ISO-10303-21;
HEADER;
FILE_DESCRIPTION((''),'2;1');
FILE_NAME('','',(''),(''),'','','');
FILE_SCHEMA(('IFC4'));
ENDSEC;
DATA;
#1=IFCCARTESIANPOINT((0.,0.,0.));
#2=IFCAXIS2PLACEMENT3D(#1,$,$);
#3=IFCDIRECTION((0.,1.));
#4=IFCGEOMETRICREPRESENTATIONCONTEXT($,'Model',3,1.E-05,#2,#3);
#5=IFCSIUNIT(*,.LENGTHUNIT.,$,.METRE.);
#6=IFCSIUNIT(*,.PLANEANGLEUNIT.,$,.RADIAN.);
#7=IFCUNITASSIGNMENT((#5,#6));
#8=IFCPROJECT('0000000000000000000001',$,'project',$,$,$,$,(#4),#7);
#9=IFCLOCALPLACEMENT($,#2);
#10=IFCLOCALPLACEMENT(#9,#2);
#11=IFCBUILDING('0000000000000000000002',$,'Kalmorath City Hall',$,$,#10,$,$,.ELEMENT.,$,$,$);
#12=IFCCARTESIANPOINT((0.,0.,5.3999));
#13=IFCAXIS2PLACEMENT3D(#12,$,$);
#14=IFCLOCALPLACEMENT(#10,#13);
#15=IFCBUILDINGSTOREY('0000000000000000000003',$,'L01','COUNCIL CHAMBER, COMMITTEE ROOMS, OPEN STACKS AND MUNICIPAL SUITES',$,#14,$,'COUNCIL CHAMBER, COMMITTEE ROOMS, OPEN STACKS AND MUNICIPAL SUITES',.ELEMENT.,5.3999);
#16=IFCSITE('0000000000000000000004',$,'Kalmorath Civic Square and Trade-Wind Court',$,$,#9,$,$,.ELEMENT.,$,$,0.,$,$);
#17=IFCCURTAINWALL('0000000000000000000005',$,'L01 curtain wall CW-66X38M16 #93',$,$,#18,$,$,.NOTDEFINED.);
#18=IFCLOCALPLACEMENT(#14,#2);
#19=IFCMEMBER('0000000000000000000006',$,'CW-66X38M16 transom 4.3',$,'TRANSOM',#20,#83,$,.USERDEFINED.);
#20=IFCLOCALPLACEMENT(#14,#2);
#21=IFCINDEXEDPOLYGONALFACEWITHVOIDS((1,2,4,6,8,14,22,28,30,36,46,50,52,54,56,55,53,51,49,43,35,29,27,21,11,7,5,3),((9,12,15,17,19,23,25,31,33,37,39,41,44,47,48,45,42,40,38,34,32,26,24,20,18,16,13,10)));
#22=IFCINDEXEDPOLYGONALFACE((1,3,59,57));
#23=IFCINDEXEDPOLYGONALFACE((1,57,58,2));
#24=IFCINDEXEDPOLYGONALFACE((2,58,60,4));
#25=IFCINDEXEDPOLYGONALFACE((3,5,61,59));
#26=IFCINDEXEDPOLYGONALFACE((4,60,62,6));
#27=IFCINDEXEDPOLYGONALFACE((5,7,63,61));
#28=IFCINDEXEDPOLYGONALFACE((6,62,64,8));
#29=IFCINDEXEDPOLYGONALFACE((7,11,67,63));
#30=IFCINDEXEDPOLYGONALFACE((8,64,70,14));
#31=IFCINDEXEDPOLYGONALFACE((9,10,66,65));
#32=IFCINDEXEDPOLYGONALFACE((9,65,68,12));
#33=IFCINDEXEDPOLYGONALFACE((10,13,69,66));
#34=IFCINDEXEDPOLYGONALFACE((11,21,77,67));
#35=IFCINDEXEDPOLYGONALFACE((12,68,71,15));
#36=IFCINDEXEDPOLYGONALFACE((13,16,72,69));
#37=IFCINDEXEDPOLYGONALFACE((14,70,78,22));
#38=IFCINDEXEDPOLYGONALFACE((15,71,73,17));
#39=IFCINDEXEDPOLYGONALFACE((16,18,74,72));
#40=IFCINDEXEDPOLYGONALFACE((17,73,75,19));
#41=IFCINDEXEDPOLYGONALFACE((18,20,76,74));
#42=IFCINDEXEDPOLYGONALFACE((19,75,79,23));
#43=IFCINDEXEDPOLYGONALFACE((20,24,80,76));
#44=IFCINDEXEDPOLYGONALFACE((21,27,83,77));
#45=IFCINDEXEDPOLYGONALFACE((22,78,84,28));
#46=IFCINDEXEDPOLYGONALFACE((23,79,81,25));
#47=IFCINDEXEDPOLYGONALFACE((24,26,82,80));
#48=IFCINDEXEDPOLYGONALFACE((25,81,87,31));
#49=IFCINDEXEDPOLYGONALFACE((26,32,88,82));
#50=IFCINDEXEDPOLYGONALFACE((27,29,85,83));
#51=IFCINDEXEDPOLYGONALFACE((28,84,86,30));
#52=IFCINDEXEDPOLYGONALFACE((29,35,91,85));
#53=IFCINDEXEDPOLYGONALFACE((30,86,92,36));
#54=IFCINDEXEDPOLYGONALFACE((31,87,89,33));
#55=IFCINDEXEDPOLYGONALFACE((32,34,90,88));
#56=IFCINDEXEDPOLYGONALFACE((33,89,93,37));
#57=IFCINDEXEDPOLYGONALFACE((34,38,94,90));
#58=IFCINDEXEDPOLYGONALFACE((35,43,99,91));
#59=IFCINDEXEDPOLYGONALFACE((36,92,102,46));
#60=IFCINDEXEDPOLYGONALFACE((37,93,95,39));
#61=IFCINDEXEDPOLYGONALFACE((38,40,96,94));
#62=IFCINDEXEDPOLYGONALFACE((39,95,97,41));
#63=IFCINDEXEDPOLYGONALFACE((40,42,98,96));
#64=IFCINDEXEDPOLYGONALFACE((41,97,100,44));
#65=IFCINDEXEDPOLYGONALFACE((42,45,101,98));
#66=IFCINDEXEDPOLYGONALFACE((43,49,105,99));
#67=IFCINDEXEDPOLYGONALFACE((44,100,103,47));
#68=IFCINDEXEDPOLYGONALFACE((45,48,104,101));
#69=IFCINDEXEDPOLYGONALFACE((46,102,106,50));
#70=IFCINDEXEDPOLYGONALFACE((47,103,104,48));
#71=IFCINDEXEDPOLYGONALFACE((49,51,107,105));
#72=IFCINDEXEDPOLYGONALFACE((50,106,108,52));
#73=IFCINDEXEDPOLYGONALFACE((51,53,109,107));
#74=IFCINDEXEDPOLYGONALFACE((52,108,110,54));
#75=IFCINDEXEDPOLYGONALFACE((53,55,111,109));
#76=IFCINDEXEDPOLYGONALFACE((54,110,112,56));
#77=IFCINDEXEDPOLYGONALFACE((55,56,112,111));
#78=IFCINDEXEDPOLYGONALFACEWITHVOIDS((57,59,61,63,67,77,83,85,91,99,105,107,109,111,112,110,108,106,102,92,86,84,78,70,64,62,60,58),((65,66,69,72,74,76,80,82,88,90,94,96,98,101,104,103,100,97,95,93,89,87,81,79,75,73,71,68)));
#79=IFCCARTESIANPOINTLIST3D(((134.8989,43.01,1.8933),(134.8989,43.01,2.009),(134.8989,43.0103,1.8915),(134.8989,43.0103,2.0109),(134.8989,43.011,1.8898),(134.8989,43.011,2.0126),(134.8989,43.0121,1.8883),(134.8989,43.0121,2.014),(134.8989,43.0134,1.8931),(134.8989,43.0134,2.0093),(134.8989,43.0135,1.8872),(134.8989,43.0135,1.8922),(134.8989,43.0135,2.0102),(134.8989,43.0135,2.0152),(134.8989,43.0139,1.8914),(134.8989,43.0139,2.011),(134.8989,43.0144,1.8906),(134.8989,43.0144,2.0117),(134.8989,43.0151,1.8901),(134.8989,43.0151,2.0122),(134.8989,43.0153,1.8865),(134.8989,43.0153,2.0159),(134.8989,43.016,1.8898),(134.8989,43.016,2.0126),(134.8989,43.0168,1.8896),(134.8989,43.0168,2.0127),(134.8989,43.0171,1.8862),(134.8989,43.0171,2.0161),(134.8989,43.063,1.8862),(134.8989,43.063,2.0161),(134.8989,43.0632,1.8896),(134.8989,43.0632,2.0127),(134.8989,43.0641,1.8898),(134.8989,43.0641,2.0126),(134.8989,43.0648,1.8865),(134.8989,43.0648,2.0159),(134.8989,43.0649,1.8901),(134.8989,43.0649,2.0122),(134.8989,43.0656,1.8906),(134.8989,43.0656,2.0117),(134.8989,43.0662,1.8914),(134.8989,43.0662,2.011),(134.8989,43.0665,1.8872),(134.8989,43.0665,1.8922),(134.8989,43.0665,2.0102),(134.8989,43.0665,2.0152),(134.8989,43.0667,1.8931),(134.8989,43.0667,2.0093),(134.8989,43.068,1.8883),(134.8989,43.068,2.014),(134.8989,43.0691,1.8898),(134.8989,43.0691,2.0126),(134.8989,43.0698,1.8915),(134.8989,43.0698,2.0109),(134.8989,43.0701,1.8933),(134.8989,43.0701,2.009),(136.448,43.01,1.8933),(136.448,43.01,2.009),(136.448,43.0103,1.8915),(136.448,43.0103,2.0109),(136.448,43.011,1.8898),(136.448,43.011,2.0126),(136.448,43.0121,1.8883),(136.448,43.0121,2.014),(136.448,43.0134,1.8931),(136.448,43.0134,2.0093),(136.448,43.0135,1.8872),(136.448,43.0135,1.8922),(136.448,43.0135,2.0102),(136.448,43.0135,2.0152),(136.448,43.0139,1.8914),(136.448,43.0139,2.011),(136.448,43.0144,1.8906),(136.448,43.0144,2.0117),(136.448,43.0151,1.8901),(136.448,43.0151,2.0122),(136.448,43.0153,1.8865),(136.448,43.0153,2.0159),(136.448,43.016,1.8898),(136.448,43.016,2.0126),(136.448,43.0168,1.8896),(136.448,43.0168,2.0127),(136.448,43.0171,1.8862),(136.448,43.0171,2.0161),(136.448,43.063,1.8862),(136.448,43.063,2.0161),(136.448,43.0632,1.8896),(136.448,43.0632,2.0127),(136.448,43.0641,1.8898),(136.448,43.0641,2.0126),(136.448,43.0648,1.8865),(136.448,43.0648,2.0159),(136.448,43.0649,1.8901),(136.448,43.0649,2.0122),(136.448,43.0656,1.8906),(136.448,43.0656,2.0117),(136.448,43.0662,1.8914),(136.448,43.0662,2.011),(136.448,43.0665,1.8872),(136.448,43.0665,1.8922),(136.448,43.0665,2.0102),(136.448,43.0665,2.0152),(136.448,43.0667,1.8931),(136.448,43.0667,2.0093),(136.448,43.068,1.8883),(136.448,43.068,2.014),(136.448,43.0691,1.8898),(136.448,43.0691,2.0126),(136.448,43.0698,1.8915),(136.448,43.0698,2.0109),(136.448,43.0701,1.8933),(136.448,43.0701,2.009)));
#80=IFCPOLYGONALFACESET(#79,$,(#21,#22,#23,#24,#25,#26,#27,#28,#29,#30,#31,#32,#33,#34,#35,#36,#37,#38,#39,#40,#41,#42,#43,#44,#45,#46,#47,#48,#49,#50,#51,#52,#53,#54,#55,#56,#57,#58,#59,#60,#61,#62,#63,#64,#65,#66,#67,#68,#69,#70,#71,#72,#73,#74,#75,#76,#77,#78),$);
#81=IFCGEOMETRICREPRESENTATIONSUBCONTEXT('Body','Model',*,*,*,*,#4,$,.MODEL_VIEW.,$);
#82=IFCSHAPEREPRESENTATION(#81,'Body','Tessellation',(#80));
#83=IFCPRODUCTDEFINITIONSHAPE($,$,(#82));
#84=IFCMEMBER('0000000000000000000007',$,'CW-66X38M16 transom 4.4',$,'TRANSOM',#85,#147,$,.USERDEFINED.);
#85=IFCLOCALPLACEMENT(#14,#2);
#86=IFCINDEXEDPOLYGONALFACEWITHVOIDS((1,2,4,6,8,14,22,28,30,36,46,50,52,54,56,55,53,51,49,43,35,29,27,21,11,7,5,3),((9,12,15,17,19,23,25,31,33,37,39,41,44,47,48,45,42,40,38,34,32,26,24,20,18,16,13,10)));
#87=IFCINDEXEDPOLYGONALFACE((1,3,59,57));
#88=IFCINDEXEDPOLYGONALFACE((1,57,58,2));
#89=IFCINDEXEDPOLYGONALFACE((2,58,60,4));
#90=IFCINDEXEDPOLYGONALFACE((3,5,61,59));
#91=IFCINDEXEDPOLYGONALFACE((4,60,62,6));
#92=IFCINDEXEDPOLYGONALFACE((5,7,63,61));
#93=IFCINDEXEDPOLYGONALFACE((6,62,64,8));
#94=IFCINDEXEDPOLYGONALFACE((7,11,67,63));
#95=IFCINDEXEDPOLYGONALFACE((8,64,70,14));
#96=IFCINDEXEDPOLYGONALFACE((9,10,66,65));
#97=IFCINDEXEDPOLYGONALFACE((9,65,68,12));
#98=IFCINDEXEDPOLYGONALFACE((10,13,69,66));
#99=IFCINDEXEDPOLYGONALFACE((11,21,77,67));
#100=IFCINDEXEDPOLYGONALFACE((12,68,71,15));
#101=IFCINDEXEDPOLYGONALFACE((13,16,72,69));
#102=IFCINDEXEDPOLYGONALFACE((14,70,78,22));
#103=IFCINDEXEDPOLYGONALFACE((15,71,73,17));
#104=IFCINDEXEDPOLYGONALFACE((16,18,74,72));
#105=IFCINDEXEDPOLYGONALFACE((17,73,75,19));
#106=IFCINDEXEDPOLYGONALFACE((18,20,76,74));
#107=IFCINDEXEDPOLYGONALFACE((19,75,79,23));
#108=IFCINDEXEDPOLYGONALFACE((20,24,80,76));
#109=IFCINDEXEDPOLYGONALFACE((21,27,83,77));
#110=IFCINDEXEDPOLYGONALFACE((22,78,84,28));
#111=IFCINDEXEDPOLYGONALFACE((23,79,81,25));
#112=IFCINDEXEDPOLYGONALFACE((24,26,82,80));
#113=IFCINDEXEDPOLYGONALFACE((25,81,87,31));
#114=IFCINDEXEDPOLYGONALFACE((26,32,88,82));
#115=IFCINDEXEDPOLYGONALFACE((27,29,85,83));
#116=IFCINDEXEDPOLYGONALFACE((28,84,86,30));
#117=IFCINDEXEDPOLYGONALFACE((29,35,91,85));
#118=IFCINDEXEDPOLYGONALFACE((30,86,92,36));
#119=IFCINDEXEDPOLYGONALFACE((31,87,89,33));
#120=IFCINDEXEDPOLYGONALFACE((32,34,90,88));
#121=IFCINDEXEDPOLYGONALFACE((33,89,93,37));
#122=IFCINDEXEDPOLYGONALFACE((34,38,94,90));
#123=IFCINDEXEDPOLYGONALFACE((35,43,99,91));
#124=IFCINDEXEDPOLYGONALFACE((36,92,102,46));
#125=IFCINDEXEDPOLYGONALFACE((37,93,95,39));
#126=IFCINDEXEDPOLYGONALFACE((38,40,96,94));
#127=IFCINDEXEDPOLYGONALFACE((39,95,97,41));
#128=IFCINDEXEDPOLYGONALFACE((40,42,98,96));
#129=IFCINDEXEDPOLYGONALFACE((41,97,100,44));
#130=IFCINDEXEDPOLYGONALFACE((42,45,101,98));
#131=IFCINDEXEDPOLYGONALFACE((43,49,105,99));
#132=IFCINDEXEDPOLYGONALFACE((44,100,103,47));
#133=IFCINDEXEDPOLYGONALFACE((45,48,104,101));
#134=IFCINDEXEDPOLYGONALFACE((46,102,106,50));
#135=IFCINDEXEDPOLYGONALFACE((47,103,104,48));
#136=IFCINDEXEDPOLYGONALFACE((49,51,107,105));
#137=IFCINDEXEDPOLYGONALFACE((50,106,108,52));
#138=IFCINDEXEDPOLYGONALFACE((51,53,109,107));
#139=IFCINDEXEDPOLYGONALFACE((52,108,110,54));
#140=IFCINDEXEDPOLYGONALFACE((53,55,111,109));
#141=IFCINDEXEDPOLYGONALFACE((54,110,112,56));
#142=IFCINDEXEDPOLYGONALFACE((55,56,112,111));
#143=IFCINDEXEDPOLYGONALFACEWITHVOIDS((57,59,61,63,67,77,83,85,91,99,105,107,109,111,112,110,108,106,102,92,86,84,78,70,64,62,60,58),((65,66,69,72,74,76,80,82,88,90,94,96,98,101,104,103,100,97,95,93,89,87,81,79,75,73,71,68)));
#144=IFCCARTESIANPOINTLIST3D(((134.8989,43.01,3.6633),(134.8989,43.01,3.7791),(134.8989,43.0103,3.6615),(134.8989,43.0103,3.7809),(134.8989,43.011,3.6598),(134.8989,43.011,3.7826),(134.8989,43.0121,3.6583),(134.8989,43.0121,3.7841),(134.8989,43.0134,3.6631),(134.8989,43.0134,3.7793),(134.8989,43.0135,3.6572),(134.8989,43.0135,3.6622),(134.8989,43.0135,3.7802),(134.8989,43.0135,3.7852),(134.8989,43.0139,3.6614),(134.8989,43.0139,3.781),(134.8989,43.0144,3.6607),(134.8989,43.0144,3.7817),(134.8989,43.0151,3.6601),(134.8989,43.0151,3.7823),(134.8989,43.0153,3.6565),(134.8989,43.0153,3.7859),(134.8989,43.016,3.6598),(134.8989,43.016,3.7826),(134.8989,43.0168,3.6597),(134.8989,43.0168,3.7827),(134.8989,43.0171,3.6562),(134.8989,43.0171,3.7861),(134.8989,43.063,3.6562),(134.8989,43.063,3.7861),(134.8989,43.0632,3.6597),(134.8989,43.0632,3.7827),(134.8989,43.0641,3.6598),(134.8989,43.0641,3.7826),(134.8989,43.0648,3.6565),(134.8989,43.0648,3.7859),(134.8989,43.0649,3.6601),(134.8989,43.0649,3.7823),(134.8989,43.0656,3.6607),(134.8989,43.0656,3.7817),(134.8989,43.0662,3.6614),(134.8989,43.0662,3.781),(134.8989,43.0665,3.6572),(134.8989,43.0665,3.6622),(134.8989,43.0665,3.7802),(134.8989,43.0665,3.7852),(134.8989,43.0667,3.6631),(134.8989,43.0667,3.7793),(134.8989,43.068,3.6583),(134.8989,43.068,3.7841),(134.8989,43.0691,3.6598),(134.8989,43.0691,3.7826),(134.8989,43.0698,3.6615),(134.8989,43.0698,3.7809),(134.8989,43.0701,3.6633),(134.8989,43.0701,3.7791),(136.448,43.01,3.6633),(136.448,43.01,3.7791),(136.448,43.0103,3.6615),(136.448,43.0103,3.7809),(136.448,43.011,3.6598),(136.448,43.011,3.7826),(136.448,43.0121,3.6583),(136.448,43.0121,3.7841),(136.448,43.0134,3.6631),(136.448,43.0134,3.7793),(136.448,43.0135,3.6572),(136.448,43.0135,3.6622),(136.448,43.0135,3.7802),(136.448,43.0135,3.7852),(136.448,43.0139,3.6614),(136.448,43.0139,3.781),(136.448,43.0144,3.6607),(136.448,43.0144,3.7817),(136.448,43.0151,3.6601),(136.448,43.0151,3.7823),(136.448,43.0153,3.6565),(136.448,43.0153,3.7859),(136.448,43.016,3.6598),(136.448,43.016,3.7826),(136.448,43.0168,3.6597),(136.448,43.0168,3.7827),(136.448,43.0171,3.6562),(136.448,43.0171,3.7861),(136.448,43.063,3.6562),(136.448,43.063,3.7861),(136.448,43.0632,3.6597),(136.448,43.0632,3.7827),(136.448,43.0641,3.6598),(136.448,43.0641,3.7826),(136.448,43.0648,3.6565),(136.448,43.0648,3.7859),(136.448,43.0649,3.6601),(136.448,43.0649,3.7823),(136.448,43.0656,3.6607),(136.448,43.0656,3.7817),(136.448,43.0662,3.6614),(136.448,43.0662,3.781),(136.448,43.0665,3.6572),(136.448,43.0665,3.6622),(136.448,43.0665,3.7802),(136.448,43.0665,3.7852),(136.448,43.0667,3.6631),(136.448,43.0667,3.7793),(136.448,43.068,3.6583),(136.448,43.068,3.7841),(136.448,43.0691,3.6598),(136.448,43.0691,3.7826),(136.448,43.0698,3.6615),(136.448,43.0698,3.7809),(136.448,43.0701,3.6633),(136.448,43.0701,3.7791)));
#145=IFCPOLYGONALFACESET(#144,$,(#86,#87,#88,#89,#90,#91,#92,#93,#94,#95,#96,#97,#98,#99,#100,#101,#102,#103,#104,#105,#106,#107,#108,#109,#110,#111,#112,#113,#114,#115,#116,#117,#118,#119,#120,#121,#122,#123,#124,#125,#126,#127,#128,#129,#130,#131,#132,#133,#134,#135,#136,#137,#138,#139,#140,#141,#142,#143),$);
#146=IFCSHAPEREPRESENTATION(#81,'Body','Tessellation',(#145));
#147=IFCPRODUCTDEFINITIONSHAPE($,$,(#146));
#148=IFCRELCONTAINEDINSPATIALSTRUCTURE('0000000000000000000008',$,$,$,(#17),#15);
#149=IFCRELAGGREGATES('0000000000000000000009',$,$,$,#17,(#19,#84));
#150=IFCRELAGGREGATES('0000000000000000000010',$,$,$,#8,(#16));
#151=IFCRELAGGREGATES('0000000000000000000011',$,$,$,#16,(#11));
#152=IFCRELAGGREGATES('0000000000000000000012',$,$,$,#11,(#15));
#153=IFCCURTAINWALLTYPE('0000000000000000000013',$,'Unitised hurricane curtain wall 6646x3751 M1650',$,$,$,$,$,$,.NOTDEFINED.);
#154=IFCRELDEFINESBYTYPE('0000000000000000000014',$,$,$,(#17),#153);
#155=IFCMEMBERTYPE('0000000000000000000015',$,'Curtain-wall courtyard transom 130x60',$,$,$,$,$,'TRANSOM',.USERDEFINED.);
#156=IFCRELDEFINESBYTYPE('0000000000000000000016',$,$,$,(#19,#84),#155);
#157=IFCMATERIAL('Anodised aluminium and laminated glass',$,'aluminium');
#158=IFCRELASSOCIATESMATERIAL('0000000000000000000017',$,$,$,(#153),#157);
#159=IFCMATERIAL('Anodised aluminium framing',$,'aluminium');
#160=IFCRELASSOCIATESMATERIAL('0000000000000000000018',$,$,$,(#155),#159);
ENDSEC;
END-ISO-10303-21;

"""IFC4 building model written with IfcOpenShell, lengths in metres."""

from ifc_helpers import new_model, si_unit, direction, frame, origin, origin_2d, place, context, subcontext, project, spatial, hollow_rectangle, extrude, material, material_profile, profile_set, type_object, element, aggregate, save


model = new_model("IFC4")

# Units and contexts
model_context = context("Model", 3, precision=1e-05, world=origin(), true_north=direction((0.0, 1.0)))
body_context = subcontext(model_context, "Body", "Model", "MODEL_VIEW")
ifc_project = project(units=[si_unit("LENGTHUNIT", "METRE"), si_unit("PLANEANGLEUNIT", "RADIAN")], contexts=[model_context])

# Site, building, storey
site_placement = place(None, origin())
site = spatial("IfcSite", under=ifc_project, at=site_placement, Name="Kalmorath Civic Square and Trade-Wind Court", CompositionType="ELEMENT", RefElevation=0.0)
building_placement = place(site_placement, origin())
building = spatial("IfcBuilding", under=site, at=building_placement, Name="Kalmorath City Hall", CompositionType="ELEMENT")
storey_placement = place(building_placement, frame((0.0, 0.0, 5.3999)))
storey = spatial("IfcBuildingStorey", under=building, at=storey_placement, Name="L01", Description="COUNCIL CHAMBER, COMMITTEE ROOMS, OPEN STACKS AND MUNICIPAL SUITES", LongName="COUNCIL CHAMBER, COMMITTEE ROOMS, OPEN STACKS AND MUNICIPAL SUITES", CompositionType="ELEMENT", Elevation=5.3999)

# Curtain wall, members
ifc_material_1 = material(Name="Anodised aluminium and laminated glass", Category="aluminium")
curtain_wall_type_1 = type_object("IfcCurtainWallType", Name="Unitised hurricane curtain wall 6646x3751 M1650", PredefinedType="NOTDEFINED", material=ifc_material_1)
curtain_wall_1_placement = place(storey_placement, origin())
curtain_wall_1 = element("IfcCurtainWall", 1, at=curtain_wall_1_placement, inside=storey, type_object=curtain_wall_type_1, Name="L01 curtain wall CW-66X38M16 #93", PredefinedType="NOTDEFINED")
ifc_material_2 = material(Name="Anodised aluminium framing", Category="aluminium")
ifc_material_profile_1 = material_profile(ifc_material_2, hollow_rectangle(XDim=0.0601, YDim=0.1299, WallThickness=0.0034, InnerFilletRadius=0.0034, OuterFilletRadius=0.0071, at=origin_2d()), Name="ALU-TRN-130X60X3.5")
ifc_profile_set_1 = profile_set([ifc_material_profile_1], Name="Anodised aluminium framing")
member_type_1 = type_object("IfcMemberType", Name="Curtain-wall courtyard transom 130x60", ElementType="TRANSOM", PredefinedType="USERDEFINED", material=ifc_profile_set_1)
member_1_placement = place(storey_placement, frame((134.8989, 43.04, 1.9512), z_axis=(1.0, 0.0, 0.0), x_axis=(0.0, 1.0, 0.0)))
member_1 = element("IfcMember", 2, at=member_1_placement, type_object=member_type_1, Name="CW-66X38M16 transom 4.3", ObjectType="TRANSOM", PredefinedType="USERDEFINED", context=body_context, shape_type="SweptSolid", body=[
    extrude(hollow_rectangle(XDim=0.0601, YDim=0.1299, WallThickness=0.0034, InnerFilletRadius=0.0034, OuterFilletRadius=0.0071, at=origin_2d()), origin(), (0.0, 0.0, 1.0), 1.5491),
])
member_2_placement = place(storey_placement, frame((134.8989, 43.04, 3.7212), z_axis=(1.0, 0.0, 0.0), x_axis=(0.0, 1.0, 0.0)))
member_2 = element("IfcMember", 3, at=member_2_placement, type_object=member_type_1, Name="CW-66X38M16 transom 4.4", ObjectType="TRANSOM", PredefinedType="USERDEFINED", context=body_context, shape_type="SweptSolid", body=[
    extrude(hollow_rectangle(XDim=0.0601, YDim=0.1299, WallThickness=0.0034, InnerFilletRadius=0.0034, OuterFilletRadius=0.0071, at=origin_2d()), origin(), (0.0, 0.0, 1.0), 1.5491),
])

aggregate(curtain_wall_1, [member_1, member_2])

save(model, "model.ifc")
